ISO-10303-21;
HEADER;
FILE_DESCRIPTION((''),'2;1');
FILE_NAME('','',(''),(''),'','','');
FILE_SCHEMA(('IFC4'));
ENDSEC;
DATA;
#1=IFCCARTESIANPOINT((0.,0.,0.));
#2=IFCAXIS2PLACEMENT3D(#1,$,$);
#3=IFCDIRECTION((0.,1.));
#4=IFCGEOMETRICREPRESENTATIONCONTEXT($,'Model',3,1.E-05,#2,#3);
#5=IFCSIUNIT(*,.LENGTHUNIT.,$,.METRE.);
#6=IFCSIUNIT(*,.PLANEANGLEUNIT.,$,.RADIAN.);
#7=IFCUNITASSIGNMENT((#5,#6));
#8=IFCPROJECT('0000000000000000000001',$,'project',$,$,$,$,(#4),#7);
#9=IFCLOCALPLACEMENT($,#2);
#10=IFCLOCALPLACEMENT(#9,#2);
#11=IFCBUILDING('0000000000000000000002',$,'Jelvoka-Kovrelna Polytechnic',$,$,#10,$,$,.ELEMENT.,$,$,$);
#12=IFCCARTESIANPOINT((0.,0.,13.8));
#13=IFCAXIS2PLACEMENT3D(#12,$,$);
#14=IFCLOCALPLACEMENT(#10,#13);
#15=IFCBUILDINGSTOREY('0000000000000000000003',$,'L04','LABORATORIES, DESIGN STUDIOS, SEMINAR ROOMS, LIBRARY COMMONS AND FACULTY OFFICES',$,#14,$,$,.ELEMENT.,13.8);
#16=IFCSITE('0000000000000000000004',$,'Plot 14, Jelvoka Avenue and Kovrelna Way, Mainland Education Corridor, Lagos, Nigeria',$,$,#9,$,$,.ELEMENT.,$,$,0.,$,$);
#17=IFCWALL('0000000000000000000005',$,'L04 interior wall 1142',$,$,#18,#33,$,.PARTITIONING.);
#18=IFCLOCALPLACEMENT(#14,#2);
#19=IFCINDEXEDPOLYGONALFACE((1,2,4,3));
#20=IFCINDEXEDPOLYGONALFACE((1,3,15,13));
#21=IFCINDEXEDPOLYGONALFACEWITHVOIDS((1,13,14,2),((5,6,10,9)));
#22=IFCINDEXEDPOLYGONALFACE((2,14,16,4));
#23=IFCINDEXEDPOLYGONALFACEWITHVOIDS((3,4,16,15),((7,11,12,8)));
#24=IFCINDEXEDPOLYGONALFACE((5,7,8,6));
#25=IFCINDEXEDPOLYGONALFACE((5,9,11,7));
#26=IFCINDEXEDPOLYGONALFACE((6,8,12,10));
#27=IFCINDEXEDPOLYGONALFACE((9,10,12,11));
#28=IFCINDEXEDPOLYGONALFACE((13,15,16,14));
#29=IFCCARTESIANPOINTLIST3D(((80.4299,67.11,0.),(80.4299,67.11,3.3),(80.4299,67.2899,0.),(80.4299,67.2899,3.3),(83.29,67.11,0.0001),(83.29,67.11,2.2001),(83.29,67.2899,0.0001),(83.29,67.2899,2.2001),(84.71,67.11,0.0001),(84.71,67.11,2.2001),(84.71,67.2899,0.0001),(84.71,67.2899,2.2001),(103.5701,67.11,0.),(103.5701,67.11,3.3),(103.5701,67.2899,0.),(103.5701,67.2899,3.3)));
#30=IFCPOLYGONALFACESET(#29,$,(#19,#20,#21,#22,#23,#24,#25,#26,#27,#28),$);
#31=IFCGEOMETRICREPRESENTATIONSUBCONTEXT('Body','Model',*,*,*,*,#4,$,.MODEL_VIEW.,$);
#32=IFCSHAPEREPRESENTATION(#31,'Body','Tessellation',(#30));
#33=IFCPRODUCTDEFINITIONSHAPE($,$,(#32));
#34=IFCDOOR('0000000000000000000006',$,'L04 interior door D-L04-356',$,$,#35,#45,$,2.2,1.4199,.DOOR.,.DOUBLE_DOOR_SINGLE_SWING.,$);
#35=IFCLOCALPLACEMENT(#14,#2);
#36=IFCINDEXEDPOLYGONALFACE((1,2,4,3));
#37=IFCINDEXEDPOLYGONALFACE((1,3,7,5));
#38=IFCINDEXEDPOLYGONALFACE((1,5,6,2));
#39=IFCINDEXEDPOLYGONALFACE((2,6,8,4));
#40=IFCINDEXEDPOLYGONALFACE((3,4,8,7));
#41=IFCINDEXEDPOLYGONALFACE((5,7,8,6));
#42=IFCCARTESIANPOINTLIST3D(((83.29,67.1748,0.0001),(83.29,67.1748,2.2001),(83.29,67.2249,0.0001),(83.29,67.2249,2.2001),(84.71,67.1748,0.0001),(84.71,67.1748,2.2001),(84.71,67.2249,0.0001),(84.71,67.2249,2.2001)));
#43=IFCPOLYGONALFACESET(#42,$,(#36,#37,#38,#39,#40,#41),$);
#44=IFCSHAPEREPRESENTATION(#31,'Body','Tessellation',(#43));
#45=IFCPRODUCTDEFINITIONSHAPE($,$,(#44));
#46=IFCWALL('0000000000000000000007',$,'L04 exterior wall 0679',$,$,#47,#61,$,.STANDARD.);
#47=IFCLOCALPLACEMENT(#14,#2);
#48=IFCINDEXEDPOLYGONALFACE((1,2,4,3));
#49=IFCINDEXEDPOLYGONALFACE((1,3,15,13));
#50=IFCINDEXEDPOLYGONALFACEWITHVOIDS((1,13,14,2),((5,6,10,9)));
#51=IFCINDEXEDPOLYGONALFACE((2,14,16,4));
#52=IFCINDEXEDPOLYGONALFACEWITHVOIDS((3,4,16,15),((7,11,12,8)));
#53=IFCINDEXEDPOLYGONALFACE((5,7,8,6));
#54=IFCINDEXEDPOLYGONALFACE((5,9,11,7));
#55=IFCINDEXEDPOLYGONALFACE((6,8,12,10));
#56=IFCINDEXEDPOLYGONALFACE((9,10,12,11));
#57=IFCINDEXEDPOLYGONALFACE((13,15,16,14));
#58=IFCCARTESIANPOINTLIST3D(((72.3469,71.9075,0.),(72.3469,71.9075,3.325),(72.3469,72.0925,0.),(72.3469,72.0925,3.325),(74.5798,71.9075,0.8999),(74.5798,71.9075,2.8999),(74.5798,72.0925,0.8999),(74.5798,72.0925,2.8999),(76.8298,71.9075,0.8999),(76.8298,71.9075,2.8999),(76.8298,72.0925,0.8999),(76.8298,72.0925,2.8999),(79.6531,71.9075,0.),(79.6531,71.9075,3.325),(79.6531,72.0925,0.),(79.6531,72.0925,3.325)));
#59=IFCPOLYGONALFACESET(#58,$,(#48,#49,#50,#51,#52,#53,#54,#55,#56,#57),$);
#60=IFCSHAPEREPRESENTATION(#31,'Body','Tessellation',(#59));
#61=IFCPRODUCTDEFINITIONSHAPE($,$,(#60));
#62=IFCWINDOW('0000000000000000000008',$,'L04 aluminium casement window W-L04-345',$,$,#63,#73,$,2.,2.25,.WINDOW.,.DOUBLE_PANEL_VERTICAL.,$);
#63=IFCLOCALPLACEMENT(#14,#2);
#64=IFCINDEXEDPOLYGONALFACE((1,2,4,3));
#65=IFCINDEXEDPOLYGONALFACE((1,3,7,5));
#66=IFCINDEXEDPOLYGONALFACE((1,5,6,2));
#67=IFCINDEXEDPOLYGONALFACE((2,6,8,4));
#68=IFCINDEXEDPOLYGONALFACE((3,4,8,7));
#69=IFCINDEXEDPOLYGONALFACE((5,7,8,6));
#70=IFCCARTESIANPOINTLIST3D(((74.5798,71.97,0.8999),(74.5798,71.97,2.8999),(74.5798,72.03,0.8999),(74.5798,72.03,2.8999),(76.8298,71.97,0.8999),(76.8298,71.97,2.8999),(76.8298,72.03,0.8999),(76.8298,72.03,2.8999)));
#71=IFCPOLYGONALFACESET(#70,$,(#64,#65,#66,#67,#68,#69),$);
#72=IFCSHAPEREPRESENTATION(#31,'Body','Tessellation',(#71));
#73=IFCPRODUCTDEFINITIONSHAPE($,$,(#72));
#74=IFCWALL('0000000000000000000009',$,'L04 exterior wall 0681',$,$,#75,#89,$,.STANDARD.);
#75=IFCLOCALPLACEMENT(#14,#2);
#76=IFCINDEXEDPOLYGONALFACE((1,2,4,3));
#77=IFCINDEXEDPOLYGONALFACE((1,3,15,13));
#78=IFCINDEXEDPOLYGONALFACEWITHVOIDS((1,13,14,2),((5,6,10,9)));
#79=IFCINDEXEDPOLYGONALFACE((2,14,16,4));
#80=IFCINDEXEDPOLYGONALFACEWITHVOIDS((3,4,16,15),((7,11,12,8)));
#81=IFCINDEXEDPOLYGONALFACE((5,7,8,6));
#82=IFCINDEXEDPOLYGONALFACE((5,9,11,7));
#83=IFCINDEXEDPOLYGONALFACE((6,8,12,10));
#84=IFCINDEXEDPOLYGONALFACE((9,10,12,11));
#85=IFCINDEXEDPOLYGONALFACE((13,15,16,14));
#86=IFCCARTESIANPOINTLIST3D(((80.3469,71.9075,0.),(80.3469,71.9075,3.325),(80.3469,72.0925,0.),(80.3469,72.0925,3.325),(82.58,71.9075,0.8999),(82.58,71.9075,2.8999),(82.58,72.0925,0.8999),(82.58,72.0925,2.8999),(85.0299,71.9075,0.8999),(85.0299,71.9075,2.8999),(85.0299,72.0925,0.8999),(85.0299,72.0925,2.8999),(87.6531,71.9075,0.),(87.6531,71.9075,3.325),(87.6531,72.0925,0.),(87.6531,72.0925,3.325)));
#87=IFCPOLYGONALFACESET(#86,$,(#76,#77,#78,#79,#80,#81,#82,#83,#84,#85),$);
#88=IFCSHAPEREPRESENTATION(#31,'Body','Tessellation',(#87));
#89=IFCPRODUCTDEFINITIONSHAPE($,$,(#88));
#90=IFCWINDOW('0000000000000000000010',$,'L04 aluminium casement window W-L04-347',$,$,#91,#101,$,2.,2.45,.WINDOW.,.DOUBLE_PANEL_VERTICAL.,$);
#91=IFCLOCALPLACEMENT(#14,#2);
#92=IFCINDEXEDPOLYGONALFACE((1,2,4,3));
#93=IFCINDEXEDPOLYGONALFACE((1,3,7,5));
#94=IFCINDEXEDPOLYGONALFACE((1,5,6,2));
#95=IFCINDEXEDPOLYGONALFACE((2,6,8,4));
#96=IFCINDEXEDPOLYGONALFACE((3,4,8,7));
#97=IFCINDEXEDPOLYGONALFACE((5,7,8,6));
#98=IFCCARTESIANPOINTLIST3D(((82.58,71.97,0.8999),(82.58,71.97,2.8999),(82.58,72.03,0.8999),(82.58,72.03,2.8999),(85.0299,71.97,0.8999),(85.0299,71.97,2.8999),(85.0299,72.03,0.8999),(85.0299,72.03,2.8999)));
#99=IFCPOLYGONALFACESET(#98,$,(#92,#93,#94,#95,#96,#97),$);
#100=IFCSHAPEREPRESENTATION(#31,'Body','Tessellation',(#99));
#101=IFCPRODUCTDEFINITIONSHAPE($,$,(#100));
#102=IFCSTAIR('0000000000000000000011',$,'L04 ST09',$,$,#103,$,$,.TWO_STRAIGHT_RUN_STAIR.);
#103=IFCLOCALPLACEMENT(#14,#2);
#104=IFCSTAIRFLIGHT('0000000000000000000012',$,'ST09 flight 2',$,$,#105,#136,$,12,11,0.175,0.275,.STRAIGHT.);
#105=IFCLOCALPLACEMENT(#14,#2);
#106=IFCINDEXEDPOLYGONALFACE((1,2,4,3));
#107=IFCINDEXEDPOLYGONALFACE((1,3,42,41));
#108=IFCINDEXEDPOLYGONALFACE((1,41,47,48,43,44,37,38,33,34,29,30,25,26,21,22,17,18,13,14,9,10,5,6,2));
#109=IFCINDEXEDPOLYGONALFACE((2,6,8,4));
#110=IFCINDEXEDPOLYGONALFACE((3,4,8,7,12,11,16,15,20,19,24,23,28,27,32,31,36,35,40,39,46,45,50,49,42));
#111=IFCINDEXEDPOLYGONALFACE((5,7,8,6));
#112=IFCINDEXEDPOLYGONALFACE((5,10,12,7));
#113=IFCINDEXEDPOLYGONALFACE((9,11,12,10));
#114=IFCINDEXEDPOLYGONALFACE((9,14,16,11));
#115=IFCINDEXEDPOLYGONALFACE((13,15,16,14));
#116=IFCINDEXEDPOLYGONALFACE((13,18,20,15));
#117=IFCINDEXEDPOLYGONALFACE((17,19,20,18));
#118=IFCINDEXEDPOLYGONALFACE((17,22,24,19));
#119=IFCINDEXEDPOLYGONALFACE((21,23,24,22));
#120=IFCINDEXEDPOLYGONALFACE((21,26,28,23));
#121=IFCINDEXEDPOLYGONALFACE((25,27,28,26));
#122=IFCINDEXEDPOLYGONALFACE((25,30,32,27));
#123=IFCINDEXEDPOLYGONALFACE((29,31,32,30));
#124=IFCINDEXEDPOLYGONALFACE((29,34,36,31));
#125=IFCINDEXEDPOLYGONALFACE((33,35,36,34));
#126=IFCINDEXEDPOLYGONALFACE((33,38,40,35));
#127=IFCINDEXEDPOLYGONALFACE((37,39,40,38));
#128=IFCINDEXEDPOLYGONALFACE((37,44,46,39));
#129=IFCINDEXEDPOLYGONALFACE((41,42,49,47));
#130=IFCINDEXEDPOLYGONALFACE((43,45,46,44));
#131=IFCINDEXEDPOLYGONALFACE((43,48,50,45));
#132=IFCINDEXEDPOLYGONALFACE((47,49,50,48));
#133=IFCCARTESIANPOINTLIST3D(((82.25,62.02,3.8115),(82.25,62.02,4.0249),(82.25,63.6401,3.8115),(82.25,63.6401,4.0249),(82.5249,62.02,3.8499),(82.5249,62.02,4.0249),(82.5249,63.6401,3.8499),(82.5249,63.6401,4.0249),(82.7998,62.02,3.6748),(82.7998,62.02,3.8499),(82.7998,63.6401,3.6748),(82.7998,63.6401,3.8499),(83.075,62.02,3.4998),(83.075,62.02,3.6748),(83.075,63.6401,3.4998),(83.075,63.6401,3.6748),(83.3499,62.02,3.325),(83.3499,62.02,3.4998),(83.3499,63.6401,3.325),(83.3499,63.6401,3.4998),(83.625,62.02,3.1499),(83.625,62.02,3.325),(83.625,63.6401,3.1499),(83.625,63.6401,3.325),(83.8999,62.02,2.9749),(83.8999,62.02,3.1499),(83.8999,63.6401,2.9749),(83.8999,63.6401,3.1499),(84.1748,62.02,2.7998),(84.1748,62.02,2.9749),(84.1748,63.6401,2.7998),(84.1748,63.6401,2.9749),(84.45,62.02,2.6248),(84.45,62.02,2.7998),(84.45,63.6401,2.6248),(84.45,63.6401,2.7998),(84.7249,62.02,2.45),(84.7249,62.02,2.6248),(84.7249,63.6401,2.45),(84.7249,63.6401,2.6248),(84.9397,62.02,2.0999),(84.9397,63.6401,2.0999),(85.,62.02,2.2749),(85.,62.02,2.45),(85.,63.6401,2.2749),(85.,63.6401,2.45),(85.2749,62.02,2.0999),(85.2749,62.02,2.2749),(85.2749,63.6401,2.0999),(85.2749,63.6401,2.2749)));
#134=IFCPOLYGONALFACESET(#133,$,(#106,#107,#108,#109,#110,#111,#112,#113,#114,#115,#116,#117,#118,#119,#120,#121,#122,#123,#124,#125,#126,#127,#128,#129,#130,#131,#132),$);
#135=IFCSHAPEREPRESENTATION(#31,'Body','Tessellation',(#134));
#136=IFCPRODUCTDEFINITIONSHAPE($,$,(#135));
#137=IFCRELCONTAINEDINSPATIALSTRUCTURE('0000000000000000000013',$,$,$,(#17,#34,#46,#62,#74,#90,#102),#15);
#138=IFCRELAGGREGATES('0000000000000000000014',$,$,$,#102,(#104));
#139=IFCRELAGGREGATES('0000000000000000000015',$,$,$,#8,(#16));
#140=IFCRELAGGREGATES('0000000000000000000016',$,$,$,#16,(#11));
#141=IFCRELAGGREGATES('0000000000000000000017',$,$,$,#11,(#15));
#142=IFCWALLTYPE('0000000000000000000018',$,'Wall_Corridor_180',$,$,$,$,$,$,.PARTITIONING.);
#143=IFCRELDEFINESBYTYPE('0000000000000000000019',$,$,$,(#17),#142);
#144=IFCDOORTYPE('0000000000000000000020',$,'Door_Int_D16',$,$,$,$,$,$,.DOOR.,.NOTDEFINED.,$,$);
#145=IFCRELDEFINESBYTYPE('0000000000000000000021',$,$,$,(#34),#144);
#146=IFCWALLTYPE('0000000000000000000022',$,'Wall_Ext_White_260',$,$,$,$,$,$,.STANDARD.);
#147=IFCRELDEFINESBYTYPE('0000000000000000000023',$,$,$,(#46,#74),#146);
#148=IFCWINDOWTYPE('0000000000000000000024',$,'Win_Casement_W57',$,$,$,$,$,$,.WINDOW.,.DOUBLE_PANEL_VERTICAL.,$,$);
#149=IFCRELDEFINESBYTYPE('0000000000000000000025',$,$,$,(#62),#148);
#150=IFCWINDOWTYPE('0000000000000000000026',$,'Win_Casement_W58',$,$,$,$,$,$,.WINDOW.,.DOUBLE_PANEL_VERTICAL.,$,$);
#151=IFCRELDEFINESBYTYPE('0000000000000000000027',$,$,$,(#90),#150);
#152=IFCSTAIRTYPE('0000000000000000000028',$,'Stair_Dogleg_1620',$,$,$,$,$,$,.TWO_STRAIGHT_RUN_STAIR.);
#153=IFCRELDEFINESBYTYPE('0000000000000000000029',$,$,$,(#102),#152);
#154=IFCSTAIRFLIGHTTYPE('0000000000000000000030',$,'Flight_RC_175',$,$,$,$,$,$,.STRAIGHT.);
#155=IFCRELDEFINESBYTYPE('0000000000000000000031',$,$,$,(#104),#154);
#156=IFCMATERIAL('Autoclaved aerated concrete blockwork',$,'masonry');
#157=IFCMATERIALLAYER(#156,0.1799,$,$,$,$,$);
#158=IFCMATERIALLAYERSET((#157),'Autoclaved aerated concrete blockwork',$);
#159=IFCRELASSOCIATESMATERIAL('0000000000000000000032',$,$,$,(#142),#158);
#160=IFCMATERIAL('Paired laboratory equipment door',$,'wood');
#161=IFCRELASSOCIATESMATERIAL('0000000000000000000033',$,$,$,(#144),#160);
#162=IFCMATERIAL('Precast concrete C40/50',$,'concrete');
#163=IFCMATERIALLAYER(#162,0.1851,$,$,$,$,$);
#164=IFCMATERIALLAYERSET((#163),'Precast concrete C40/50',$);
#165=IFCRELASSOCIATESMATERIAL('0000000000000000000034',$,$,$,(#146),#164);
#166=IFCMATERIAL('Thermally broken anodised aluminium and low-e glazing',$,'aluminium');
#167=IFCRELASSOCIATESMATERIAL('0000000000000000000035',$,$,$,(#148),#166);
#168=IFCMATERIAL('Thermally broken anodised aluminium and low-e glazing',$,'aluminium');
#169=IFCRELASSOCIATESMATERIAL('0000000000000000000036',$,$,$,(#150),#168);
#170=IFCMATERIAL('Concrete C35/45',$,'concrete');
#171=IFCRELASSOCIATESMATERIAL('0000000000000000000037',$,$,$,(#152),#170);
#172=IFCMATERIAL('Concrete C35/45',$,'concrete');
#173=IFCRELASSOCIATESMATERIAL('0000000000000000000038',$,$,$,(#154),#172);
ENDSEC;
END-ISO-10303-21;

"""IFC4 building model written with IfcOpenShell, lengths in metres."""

from ifc_helpers import new_model, si_unit, direction, frame, frame_2d, origin, place, context, subcontext, project, spatial, polyline, rectangle, outline, extrude, material, layer, layer_set, type_object, element, fill, aggregate, save


model = new_model("IFC4")

# Units and contexts
model_context = context("Model", 3, precision=1e-05, world=origin(), true_north=direction((0.0, 1.0)))
body_context = subcontext(model_context, "Body", "Model", "MODEL_VIEW")
ifc_project = project(units=[si_unit("LENGTHUNIT", "METRE"), si_unit("PLANEANGLEUNIT", "RADIAN")], contexts=[model_context])

# Site, building, storey
site_placement = place(None, origin())
site = spatial("IfcSite", under=ifc_project, at=site_placement, Name="Plot 14, Jelvoka Avenue and Kovrelna Way, Mainland Education Corridor, Lagos, Nigeria", CompositionType="ELEMENT", RefElevation=0.0)
building_placement = place(site_placement, origin())
building = spatial("IfcBuilding", under=site, at=building_placement, Name="Jelvoka-Kovrelna Polytechnic", CompositionType="ELEMENT")
storey_placement = place(building_placement, frame((0.0, 0.0, 13.8)))
storey = spatial("IfcBuildingStorey", under=building, at=storey_placement, Name="L04", Description="LABORATORIES, DESIGN STUDIOS, SEMINAR ROOMS, LIBRARY COMMONS AND FACULTY OFFICES", CompositionType="ELEMENT", Elevation=13.8)

# Wall, opening, door
ifc_material_1 = material(Name="Autoclaved aerated concrete blockwork", Category="masonry")
ifc_layer_1 = layer(ifc_material_1, 0.1799)
ifc_layer_set_1 = layer_set([ifc_layer_1], Name="Autoclaved aerated concrete blockwork")
wall_type_1 = type_object("IfcWallType", Name="Wall_Corridor_180", PredefinedType="PARTITIONING", material=ifc_layer_set_1)
wall_1_placement = place(storey_placement, frame((80.4299, 67.2, 0.0), z_axis=(0.0, 0.0, 1.0), x_axis=(1.0, 0.0, 0.0)))
wall_1 = element("IfcWall", 1, at=wall_1_placement, inside=storey, type_object=wall_type_1, Name="L04 interior wall 1142", PredefinedType="PARTITIONING", context=body_context, shape_type="SweptSolid", body=[
    extrude(rectangle(XDim=23.1401, YDim=0.1799, at=frame_2d((11.5701, 0.0))), origin(), (0.0, 0.0, 1.0), 3.3),
])
opening_1_placement = place(wall_1_placement, frame((2.8601, 0.0, 0.0)))
opening_1 = element("IfcOpeningElement", 2, at=opening_1_placement, cuts=wall_1, PredefinedType="OPENING", context=body_context, shape_type="SweptSolid", body=[
    extrude(rectangle(XDim=1.4199, YDim=2.2, at=frame_2d((0.71, 1.1001))), frame((0.0, 0.0999, 0.0), z_axis=(0.0, -1.0, 0.0), x_axis=(1.0, 0.0, 0.0)), (0.0, 0.0, 1.0), 0.2),
])
ifc_material_2 = material(Name="Paired laboratory equipment door", Category="wood")
door_type_1 = type_object("IfcDoorType", Name="Door_Int_D16", OperationType="NOTDEFINED", PredefinedType="DOOR", material=ifc_material_2)
door_1_placement = place(opening_1_placement, origin())
door_1 = element("IfcDoor", 3, at=door_1_placement, inside=storey, type_object=door_type_1, Name="L04 interior door D-L04-356", OperationType="DOUBLE_DOOR_SINGLE_SWING", OverallHeight=2.2, OverallWidth=1.4199, PredefinedType="DOOR", context=body_context, shape_type="SweptSolid", body=[
    extrude(rectangle(XDim=1.4199, YDim=2.2, at=frame_2d((0.71, 1.1001))), frame((0.0, 0.0249, 0.0), z_axis=(0.0, -1.0, 0.0), x_axis=(1.0, 0.0, 0.0)), (0.0, 0.0, 1.0), 0.05),
])
fill(opening_1, door_1)

# Walls, openings, windows
ifc_material_3 = material(Name="Precast concrete C40/50", Category="concrete")
ifc_layer_2 = layer(ifc_material_3, 0.1851)
ifc_layer_set_2 = layer_set([ifc_layer_2], Name="Precast concrete C40/50")
wall_type_2 = type_object("IfcWallType", Name="Wall_Ext_White_260", PredefinedType="STANDARD", material=ifc_layer_set_2)
wall_2_placement = place(storey_placement, frame((72.3469, 72.0, 0.0), z_axis=(0.0, 0.0, 1.0), x_axis=(1.0, 0.0, 0.0)))
wall_2 = element("IfcWall", 4, at=wall_2_placement, inside=storey, type_object=wall_type_2, Name="L04 exterior wall 0679", PredefinedType="STANDARD", context=body_context, shape_type="SweptSolid", body=[
    extrude(rectangle(XDim=7.3062, YDim=0.1851, at=frame_2d((3.6531, 0.0))), origin(), (0.0, 0.0, 1.0), 3.325),
])
opening_2_placement = place(wall_2_placement, frame((2.2329, 0.0, 0.8999)))
opening_2 = element("IfcOpeningElement", 5, at=opening_2_placement, cuts=wall_2, PredefinedType="OPENING", context=body_context, shape_type="SweptSolid", body=[
    extrude(rectangle(XDim=2.25, YDim=2.0, at=frame_2d((1.125, 1.0))), frame((0.0, 0.1025, 0.0), z_axis=(0.0, -1.0, 0.0), x_axis=(1.0, 0.0, 0.0)), (0.0, 0.0, 1.0), 0.2051),
])
ifc_material_4 = material(Name="Thermally broken anodised aluminium and low-e glazing", Category="aluminium")
window_type_1 = type_object("IfcWindowType", Name="Win_Casement_W57", PartitioningType="DOUBLE_PANEL_VERTICAL", PredefinedType="WINDOW", material=ifc_material_4)
window_1_placement = place(opening_2_placement, origin())
window_1 = element("IfcWindow", 6, at=window_1_placement, inside=storey, type_object=window_type_1, Name="L04 aluminium casement window W-L04-345", OverallHeight=2.0, OverallWidth=2.25, PartitioningType="DOUBLE_PANEL_VERTICAL", PredefinedType="WINDOW", context=body_context, shape_type="SweptSolid", body=[
    extrude(rectangle(XDim=2.25, YDim=2.0, at=frame_2d((1.125, 1.0))), frame((0.0, 0.03, 0.0), z_axis=(0.0, -1.0, 0.0), x_axis=(1.0, 0.0, 0.0)), (0.0, 0.0, 1.0), 0.0601),
])
fill(opening_2, window_1)
wall_3_placement = place(storey_placement, frame((80.3469, 72.0, 0.0), z_axis=(0.0, 0.0, 1.0), x_axis=(1.0, 0.0, 0.0)))
wall_3 = element("IfcWall", 7, at=wall_3_placement, inside=storey, type_object=wall_type_2, Name="L04 exterior wall 0681", PredefinedType="STANDARD", context=body_context, shape_type="SweptSolid", body=[
    extrude(rectangle(XDim=7.3062, YDim=0.1851, at=frame_2d((3.6531, 0.0))), origin(), (0.0, 0.0, 1.0), 3.325),
])
opening_3_placement = place(wall_3_placement, frame((2.2329, 0.0, 0.8999)))
opening_3 = element("IfcOpeningElement", 8, at=opening_3_placement, cuts=wall_3, PredefinedType="OPENING", context=body_context, shape_type="SweptSolid", body=[
    extrude(rectangle(XDim=2.45, YDim=2.0, at=frame_2d((1.2251, 1.0))), frame((0.0, 0.1025, 0.0), z_axis=(0.0, -1.0, 0.0), x_axis=(1.0, 0.0, 0.0)), (0.0, 0.0, 1.0), 0.2051),
])
ifc_material_5 = material(Name="Thermally broken anodised aluminium and low-e glazing", Category="aluminium")
window_type_2 = type_object("IfcWindowType", Name="Win_Casement_W58", PartitioningType="DOUBLE_PANEL_VERTICAL", PredefinedType="WINDOW", material=ifc_material_5)
window_2_placement = place(opening_3_placement, origin())
window_2 = element("IfcWindow", 9, at=window_2_placement, inside=storey, type_object=window_type_2, Name="L04 aluminium casement window W-L04-347", OverallHeight=2.0, OverallWidth=2.45, PartitioningType="DOUBLE_PANEL_VERTICAL", PredefinedType="WINDOW", context=body_context, shape_type="SweptSolid", body=[
    extrude(rectangle(XDim=2.45, YDim=2.0, at=frame_2d((1.2251, 1.0))), frame((0.0, 0.03, 0.0), z_axis=(0.0, -1.0, 0.0), x_axis=(1.0, 0.0, 0.0)), (0.0, 0.0, 1.0), 0.0601),
])
fill(opening_3, window_2)

# Stair, stair flight
ifc_material_6 = material(Name="Concrete C35/45", Category="concrete")
stair_type = type_object("IfcStairType", Name="Stair_Dogleg_1620", PredefinedType="TWO_STRAIGHT_RUN_STAIR", material=ifc_material_6)
stair_placement = place(storey_placement, origin())
stair = element("IfcStair", 10, at=stair_placement, inside=storey, type_object=stair_type, Name="L04 ST09", PredefinedType="TWO_STRAIGHT_RUN_STAIR")
ifc_material_7 = material(Name="Concrete C35/45", Category="concrete")
stair_flight_type = type_object("IfcStairFlightType", Name="Flight_RC_175", PredefinedType="STRAIGHT", material=ifc_material_7)
stair_flight_placement = place(storey_placement, frame((85.2749, 62.8301, 2.0999), z_axis=(0.0, 0.0, 1.0), x_axis=(-1.0, 0.0, 0.0)))
stair_flight = element("IfcStairFlight", 11, at=stair_flight_placement, type_object=stair_flight_type, Name="ST09 flight 2", NumberOfRisers=12, NumberOfTreads=11, PredefinedType="STRAIGHT", RiserHeight=0.175, TreadLength=0.275, context=body_context, shape_type="SweptSolid", body=[
    extrude(outline(polyline([(0.0, 0.0), (0.0, 0.175), (0.2749, 0.175), (0.2749, 0.3501), (0.55, 0.3501), (0.55, 0.5249), (0.825, 0.5249), (0.825, 0.7), (1.1001, 0.7), (1.1001, 0.875), (1.375, 0.875), (1.375, 1.05), (1.6499, 1.05), (1.6499, 1.2251), (1.925, 1.2251), (1.925, 1.3999), (2.2, 1.3999), (2.2, 1.575), (2.4751, 1.575), (2.4751, 1.75), (2.75, 1.75), (2.75, 1.925), (3.0249, 1.925), (3.0249, 2.1001), (3.0249, 1.7117), (0.3352, 0.0), (0.0, 0.0)])), frame((0.0, 0.8101, 0.0), z_axis=(0.0, -1.0, 0.0), x_axis=(1.0, 0.0, 0.0)), (0.0, 0.0, 1.0), 1.6201),
])
aggregate(stair, [stair_flight])

save(model, "model.ifc")
